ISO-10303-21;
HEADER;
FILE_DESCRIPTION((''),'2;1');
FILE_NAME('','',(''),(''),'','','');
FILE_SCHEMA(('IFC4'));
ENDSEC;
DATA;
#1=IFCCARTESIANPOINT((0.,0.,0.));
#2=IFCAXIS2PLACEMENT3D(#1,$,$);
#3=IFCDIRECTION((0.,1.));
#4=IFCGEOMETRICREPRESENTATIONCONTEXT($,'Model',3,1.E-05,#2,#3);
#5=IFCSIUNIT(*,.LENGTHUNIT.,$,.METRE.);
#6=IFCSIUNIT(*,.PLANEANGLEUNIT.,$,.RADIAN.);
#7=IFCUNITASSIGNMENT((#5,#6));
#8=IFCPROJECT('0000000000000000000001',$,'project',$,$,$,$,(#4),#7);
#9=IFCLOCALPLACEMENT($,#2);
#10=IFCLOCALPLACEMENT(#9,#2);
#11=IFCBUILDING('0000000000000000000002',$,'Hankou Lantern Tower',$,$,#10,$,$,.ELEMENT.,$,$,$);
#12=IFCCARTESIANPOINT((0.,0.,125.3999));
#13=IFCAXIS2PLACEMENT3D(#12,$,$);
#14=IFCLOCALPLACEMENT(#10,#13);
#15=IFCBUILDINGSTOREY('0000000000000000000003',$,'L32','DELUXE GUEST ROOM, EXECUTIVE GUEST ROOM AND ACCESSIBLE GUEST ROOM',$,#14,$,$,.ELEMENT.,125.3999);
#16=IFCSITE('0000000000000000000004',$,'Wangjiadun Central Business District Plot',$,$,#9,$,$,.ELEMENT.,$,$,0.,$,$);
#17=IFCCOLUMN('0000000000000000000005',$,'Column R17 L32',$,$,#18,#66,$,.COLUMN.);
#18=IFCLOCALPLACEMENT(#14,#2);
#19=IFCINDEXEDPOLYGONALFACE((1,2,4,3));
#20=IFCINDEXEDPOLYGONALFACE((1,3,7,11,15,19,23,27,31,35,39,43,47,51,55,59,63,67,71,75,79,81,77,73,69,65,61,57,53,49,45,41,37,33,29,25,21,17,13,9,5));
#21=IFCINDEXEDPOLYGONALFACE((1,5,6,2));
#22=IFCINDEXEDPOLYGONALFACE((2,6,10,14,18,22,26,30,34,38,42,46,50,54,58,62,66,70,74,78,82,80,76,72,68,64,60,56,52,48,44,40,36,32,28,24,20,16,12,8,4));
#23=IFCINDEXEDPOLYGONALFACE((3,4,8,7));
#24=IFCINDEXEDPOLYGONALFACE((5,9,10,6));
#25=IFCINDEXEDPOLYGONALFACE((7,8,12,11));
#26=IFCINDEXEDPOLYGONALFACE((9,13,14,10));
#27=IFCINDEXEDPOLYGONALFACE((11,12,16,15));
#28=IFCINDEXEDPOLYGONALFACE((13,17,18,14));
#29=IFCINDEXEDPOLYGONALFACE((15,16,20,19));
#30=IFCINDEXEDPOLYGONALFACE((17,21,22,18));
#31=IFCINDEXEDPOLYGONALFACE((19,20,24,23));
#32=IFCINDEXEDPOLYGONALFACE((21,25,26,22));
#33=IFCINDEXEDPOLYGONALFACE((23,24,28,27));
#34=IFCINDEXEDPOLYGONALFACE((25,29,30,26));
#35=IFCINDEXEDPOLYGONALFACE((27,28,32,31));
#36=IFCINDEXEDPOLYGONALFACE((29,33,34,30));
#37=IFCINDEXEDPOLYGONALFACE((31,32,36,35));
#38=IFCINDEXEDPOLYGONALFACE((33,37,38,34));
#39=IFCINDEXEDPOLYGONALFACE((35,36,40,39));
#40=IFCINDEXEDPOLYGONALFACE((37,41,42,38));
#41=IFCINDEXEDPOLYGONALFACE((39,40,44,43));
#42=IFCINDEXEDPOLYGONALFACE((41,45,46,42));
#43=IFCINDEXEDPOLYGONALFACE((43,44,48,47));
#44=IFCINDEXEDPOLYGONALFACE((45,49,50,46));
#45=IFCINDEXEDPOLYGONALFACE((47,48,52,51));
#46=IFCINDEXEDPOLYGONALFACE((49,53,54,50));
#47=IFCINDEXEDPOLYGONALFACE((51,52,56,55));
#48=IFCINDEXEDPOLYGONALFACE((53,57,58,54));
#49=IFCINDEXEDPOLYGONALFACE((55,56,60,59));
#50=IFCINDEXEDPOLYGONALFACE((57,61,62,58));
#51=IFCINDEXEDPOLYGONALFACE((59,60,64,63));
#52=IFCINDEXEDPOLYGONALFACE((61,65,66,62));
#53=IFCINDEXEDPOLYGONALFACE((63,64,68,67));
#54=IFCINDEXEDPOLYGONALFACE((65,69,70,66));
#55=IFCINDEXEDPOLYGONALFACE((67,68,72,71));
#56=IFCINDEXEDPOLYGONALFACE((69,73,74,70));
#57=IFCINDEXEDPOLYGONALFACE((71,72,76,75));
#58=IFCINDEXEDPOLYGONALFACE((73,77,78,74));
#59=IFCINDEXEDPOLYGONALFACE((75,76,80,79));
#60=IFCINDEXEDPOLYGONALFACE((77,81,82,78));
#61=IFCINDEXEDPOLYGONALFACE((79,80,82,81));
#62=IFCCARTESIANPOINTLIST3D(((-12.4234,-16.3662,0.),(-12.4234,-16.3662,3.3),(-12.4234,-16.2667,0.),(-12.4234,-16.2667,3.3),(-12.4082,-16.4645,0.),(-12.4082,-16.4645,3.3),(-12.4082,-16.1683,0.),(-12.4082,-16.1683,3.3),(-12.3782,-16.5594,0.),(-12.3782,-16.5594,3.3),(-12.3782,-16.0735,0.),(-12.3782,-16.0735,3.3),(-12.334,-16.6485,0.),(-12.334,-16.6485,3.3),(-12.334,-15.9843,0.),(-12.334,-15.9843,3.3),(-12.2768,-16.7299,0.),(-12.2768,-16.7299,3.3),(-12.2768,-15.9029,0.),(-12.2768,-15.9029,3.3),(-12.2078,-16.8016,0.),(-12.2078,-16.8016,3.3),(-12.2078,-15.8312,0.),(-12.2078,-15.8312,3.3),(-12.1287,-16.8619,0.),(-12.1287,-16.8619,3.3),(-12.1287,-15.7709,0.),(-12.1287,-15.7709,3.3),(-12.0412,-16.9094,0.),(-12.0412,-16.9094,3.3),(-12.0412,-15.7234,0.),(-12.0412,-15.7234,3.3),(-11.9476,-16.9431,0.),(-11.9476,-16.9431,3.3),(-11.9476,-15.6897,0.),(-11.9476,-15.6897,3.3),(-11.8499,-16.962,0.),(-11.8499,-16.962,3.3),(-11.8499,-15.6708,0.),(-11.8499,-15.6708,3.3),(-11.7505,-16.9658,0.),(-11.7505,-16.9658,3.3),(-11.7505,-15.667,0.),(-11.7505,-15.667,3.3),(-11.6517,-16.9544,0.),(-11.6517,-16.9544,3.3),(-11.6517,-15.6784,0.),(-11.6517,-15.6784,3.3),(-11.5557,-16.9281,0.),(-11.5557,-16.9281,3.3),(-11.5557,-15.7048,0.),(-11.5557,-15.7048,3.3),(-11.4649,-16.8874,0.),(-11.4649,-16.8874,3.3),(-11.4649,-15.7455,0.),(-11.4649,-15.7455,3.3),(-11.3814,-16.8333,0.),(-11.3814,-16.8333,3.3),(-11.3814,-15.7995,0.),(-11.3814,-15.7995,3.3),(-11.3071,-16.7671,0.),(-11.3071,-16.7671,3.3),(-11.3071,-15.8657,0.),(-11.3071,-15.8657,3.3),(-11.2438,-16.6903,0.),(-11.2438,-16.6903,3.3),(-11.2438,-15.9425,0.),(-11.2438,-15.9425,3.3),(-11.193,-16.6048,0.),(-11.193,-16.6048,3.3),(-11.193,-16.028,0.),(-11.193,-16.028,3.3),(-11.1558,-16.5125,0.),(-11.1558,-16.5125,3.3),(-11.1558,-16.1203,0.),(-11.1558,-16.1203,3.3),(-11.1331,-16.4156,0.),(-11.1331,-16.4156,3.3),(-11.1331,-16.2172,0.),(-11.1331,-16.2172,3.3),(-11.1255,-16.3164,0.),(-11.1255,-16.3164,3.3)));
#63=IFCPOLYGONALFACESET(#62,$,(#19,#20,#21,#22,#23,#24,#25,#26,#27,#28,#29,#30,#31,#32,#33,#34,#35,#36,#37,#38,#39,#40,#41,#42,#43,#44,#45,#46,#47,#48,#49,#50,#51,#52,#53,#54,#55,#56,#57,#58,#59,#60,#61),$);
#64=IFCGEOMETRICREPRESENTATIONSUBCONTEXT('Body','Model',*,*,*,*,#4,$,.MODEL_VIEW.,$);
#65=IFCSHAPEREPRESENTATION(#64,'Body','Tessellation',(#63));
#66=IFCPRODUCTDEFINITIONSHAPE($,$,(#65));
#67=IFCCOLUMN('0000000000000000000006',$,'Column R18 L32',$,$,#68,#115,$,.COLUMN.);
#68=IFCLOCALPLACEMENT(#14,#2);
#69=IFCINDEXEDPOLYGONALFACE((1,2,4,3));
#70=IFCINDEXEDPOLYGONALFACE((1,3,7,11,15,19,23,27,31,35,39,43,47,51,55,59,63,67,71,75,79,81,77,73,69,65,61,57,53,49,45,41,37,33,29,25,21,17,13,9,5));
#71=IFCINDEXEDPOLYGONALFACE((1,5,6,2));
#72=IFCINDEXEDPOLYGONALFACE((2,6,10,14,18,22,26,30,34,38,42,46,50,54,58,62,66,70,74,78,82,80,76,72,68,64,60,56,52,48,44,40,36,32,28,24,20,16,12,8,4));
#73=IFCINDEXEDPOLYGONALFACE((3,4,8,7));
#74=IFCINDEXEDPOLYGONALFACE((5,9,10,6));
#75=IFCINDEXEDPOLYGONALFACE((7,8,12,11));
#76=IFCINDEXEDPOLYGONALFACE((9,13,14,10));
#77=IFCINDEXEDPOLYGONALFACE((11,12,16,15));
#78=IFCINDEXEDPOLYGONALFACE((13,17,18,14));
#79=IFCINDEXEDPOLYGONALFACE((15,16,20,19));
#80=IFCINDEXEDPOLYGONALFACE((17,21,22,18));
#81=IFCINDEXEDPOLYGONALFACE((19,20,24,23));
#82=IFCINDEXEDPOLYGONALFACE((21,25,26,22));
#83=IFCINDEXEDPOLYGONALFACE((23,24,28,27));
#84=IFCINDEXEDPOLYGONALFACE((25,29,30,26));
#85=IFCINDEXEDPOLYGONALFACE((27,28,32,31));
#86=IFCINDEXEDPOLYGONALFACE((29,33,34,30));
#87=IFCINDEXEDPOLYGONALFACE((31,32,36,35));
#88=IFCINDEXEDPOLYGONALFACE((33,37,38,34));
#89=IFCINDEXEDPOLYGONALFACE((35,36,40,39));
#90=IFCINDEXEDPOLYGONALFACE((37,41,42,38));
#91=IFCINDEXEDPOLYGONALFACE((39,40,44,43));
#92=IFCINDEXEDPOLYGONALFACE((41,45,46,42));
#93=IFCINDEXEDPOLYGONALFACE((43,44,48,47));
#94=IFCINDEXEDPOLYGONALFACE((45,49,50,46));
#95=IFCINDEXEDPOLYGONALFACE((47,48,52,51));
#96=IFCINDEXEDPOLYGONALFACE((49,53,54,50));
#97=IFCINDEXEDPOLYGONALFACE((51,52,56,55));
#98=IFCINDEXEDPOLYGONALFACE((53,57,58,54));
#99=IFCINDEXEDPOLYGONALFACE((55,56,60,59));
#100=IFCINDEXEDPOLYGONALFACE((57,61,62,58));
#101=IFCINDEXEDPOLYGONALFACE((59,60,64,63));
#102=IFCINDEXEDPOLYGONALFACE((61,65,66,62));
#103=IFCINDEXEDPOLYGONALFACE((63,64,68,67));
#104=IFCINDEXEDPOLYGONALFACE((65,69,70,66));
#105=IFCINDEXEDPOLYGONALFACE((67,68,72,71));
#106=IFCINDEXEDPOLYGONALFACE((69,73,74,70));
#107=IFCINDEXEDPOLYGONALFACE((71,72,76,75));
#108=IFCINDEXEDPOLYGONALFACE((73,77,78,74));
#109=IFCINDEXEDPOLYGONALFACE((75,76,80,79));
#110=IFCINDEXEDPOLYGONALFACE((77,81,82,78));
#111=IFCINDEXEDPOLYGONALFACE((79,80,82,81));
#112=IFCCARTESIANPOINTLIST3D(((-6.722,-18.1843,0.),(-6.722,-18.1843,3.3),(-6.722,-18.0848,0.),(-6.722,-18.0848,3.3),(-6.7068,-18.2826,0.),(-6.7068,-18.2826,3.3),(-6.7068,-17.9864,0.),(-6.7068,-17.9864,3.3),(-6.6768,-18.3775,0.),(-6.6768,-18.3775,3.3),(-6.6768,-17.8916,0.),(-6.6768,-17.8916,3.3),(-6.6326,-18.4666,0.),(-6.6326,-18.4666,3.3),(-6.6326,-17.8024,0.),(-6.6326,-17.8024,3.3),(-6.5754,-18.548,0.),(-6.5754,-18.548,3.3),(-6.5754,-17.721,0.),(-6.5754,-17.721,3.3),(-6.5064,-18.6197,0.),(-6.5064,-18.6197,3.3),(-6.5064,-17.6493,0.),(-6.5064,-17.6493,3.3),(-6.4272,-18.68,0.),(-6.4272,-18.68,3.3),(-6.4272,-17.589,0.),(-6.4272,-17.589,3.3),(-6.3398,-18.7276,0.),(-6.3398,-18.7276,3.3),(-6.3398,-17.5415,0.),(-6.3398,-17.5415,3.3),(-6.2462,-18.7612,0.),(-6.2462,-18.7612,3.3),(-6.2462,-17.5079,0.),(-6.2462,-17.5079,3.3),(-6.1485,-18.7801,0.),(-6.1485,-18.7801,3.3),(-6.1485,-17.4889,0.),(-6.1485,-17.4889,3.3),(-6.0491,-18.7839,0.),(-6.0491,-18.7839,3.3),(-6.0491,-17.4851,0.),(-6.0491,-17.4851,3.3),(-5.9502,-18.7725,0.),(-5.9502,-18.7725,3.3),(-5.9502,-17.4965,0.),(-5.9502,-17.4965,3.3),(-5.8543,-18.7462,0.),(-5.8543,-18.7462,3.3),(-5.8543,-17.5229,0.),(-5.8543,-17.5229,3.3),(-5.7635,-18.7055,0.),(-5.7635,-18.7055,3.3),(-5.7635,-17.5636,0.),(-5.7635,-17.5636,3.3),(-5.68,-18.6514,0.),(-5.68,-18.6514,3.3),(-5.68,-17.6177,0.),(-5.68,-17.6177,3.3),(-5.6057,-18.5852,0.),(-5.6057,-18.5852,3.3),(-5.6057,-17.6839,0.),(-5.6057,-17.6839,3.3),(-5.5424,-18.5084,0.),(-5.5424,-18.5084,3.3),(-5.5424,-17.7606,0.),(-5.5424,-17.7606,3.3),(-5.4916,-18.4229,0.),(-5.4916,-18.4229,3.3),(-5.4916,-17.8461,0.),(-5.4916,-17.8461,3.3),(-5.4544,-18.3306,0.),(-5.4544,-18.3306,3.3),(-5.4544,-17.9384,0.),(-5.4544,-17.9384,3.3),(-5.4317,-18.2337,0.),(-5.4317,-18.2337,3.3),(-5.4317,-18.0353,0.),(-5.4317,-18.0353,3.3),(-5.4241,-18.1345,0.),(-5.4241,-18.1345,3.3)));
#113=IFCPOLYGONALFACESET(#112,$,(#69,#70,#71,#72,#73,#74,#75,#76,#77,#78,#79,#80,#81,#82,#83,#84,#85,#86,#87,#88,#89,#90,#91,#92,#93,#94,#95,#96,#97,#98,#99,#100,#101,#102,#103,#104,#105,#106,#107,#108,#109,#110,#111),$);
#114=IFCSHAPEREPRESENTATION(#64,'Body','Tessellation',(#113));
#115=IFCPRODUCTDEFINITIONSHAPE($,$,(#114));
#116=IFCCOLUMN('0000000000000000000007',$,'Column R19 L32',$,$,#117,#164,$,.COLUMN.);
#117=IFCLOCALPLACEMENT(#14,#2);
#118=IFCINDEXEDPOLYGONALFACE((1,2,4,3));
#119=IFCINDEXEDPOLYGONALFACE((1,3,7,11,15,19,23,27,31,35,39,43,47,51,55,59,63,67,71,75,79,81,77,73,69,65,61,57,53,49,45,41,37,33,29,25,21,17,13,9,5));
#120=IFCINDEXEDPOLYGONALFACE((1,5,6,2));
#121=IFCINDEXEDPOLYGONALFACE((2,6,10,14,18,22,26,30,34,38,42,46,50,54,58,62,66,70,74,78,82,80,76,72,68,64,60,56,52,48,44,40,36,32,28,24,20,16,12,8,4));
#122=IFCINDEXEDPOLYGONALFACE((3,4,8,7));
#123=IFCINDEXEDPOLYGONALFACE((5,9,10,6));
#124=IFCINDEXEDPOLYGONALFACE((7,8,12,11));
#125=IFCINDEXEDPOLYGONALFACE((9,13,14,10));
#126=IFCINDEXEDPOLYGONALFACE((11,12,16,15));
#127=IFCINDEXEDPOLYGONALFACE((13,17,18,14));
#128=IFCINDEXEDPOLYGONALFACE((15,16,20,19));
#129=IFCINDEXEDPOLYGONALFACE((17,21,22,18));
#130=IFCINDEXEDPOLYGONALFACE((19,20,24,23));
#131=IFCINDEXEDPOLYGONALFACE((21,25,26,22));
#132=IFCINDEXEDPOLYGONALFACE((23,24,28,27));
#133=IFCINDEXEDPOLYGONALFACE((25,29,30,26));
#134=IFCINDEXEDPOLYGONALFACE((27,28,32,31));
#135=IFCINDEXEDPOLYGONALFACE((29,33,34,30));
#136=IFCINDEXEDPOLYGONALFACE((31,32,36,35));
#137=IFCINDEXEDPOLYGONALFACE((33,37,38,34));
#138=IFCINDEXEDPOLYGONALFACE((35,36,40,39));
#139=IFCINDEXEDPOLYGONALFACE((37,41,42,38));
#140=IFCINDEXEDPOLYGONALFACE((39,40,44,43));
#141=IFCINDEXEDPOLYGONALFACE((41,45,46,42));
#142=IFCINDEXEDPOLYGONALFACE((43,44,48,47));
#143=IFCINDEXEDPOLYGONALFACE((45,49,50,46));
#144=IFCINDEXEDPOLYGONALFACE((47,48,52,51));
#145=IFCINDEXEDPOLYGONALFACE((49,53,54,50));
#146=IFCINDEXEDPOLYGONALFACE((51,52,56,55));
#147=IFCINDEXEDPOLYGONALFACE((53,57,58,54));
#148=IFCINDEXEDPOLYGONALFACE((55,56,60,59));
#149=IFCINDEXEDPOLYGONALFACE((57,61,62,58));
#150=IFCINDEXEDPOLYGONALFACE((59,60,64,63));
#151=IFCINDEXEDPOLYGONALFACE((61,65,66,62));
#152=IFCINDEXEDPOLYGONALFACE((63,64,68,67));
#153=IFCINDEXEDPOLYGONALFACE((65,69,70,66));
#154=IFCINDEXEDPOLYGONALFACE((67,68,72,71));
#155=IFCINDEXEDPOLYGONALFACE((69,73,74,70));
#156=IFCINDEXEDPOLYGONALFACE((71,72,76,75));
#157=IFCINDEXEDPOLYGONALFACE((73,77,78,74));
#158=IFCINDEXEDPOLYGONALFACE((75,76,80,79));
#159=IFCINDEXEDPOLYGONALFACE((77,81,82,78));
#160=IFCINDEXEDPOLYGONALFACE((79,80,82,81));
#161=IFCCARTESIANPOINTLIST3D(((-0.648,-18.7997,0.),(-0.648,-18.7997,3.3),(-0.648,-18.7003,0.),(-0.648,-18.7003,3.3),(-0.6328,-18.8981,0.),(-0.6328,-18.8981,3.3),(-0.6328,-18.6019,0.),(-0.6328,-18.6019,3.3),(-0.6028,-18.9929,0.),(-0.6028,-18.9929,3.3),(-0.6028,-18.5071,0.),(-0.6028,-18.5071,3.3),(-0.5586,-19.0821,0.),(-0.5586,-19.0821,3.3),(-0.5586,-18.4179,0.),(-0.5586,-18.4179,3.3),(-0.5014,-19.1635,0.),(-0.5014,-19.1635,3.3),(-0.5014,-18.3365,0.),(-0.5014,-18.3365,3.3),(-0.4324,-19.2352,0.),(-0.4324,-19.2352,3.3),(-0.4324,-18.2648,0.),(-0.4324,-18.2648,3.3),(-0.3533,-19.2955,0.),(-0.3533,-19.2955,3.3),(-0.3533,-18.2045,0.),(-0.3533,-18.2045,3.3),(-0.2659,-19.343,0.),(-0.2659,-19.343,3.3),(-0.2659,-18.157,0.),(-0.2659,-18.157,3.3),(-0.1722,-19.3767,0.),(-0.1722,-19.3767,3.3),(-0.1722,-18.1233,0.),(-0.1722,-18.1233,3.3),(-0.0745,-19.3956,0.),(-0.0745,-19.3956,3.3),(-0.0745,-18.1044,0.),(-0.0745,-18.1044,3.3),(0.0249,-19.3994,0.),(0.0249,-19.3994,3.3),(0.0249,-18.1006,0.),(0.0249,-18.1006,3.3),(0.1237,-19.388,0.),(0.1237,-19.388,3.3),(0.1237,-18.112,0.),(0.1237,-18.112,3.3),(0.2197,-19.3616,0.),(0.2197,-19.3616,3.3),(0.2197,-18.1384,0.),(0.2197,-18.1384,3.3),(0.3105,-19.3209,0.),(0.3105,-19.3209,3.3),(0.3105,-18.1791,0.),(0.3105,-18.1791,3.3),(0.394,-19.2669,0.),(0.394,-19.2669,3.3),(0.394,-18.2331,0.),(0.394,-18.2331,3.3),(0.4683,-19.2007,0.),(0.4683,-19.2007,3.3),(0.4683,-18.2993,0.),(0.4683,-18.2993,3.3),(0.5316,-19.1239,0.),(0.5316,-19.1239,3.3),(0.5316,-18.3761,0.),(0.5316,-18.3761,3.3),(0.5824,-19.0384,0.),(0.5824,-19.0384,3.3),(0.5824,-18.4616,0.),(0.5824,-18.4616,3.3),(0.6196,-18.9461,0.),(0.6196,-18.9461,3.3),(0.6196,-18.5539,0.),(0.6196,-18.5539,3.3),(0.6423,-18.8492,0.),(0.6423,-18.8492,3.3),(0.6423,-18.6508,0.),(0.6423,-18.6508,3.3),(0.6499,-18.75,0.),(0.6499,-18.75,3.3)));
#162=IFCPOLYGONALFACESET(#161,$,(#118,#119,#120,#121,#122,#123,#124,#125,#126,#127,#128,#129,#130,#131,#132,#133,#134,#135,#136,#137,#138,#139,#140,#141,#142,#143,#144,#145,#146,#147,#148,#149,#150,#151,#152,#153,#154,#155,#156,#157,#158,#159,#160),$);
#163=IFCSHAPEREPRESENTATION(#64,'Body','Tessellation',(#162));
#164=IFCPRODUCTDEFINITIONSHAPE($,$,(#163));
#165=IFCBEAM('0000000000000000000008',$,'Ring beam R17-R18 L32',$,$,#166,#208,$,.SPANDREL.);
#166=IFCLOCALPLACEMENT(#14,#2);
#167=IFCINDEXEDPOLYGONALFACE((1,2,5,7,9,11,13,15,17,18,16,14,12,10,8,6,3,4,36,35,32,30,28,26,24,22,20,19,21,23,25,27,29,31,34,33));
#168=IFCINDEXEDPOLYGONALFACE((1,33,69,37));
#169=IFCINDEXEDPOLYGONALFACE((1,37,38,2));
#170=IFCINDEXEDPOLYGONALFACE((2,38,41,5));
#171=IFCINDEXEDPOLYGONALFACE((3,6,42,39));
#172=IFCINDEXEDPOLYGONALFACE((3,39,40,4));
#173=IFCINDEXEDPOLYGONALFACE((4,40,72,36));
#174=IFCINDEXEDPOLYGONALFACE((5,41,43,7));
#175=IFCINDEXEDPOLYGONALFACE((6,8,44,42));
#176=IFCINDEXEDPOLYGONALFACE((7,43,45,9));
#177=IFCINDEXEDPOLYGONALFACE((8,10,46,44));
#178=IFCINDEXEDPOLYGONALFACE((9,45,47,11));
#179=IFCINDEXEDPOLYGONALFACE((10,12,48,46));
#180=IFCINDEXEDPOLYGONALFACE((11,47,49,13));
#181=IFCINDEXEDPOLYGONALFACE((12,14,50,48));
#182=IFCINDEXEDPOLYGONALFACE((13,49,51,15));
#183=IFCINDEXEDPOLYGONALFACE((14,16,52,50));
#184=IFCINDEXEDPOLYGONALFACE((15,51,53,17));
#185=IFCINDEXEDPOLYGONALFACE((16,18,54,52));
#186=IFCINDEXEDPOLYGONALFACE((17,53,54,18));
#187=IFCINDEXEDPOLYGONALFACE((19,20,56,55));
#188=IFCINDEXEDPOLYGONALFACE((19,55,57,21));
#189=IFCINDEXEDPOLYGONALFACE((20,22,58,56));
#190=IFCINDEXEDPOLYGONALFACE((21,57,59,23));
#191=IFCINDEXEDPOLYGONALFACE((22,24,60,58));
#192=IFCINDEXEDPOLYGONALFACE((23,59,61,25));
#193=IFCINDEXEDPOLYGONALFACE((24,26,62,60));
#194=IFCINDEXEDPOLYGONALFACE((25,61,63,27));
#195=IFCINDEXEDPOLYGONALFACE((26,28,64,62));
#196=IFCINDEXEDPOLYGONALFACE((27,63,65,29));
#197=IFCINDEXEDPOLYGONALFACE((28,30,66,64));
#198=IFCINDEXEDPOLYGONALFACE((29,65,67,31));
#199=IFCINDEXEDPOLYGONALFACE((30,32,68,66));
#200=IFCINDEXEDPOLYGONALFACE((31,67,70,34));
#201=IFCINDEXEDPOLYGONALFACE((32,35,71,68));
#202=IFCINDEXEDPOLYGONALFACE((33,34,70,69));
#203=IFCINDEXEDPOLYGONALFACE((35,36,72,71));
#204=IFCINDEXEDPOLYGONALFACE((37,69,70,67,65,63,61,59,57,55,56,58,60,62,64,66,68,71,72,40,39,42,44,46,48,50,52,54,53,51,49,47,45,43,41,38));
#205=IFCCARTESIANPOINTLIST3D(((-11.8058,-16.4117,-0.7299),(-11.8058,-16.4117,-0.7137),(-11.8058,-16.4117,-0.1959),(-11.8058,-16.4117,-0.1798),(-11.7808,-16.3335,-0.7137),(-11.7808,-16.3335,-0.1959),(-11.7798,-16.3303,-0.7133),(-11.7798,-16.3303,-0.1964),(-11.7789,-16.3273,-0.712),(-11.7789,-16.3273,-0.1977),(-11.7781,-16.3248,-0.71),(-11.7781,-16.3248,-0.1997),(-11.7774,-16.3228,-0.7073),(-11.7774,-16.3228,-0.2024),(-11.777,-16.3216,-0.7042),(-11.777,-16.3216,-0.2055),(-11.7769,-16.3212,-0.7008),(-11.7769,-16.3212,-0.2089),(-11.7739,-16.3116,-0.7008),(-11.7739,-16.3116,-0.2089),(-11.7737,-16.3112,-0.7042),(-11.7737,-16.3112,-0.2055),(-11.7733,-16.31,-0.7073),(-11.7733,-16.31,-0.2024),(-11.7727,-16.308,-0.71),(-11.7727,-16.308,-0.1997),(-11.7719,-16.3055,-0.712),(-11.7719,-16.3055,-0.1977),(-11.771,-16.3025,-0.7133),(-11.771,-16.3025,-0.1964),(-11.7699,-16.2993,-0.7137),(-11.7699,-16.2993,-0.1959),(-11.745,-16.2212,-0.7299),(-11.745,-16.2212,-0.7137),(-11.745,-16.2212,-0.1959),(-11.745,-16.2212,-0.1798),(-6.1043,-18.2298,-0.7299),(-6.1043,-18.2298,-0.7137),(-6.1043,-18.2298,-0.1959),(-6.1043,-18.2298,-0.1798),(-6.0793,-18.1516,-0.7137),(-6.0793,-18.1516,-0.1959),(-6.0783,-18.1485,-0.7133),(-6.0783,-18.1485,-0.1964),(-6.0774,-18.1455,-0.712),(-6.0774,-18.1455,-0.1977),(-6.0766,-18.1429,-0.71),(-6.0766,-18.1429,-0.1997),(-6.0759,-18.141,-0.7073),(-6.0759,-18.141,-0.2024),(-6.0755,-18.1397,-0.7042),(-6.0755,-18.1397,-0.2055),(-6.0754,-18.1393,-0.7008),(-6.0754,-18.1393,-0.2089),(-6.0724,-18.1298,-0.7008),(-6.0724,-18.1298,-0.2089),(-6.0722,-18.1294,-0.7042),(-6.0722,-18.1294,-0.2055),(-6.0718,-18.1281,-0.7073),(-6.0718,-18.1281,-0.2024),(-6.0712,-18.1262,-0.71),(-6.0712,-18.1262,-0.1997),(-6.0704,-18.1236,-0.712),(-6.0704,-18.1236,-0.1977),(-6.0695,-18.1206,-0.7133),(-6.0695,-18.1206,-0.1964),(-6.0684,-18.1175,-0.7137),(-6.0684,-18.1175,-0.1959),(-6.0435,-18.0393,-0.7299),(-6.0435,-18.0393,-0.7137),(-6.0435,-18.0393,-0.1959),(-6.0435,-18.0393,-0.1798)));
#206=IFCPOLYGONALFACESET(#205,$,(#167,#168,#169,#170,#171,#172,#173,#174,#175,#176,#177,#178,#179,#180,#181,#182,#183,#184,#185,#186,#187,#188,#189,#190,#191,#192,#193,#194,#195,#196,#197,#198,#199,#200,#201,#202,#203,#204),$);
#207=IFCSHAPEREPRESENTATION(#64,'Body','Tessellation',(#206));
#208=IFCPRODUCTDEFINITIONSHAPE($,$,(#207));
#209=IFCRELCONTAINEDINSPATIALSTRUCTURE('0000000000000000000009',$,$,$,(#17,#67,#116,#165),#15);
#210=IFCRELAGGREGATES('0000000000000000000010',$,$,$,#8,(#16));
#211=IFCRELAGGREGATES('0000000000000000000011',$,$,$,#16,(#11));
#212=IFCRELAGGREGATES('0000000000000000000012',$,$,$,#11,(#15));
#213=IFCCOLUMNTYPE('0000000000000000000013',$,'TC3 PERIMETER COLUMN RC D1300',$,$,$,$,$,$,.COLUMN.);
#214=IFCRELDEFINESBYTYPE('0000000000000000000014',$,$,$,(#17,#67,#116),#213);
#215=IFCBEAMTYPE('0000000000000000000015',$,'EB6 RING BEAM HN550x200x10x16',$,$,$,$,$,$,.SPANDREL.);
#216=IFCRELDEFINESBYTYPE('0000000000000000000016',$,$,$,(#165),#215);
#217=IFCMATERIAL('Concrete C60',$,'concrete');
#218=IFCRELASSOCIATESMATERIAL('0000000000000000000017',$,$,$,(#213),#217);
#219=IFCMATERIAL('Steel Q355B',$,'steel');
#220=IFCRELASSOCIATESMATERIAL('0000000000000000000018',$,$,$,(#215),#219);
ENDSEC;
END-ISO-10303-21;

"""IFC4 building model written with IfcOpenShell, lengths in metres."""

from ifc_helpers import new_model, si_unit, direction, frame, origin, origin_2d, place, context, subcontext, project, spatial, circle, i_section, extrude, material, material_profile, profile_set, type_object, element, save


model = new_model("IFC4")

# Units and contexts
model_context = context("Model", 3, precision=1e-05, world=origin(), true_north=direction((0.0, 1.0)))
body_context = subcontext(model_context, "Body", "Model", "MODEL_VIEW")
ifc_project = project(units=[si_unit("LENGTHUNIT", "METRE"), si_unit("PLANEANGLEUNIT", "RADIAN")], contexts=[model_context])

# Site, building, storey
site_placement = place(None, origin())
site = spatial("IfcSite", under=ifc_project, at=site_placement, Name="Wangjiadun Central Business District Plot", CompositionType="ELEMENT", RefElevation=0.0)
building_placement = place(site_placement, origin())
building = spatial("IfcBuilding", under=site, at=building_placement, Name="Hankou Lantern Tower", CompositionType="ELEMENT")
storey_placement = place(building_placement, frame((0.0, 0.0, 125.3999)))
storey = spatial("IfcBuildingStorey", under=building, at=storey_placement, Name="L32", Description="DELUXE GUEST ROOM, EXECUTIVE GUEST ROOM AND ACCESSIBLE GUEST ROOM", CompositionType="ELEMENT", Elevation=125.3999)

# Columns
ifc_material_1 = material(Name="Concrete C60", Category="concrete")
ifc_material_profile_1 = material_profile(ifc_material_1, circle(Radius=0.6499, at=origin_2d()), Name="RC D1300")
ifc_profile_set_1 = profile_set([ifc_material_profile_1], Name="Concrete C60")
column_type = type_object("IfcColumnType", Name="TC3 PERIMETER COLUMN RC D1300", PredefinedType="COLUMN", material=ifc_profile_set_1)
for number, where, z_axis, x_axis, name in (
    (1, (-11.7754, -16.3164, 0.0), (0.0, 0.0, 1.0), (1.0, 0.0, 0.0), "Column R17 L32"),
    (2, (-6.074, -18.1345, 0.0), (0.0, 0.0, 1.0), (1.0, 0.0, 0.0), "Column R18 L32"),
    (3, (0.0, -18.75, 0.0), (0.0, 0.0, 1.0), (1.0, 0.0, 0.0), "Column R19 L32"),
):
    element("IfcColumn", number, at=place(storey_placement, frame(where, z_axis=z_axis, x_axis=x_axis)), inside=storey, type_object=column_type, Name=name, PredefinedType="COLUMN", context=body_context, shape_type="SweptSolid", body=[
        extrude(circle(Radius=0.6499, at=origin_2d()), origin(), (0.0, 0.0, 1.0), 3.3),
    ])

# Beam
ifc_material_2 = material(Name="Steel Q355B", Category="steel")
ifc_material_profile_2 = material_profile(ifc_material_2, i_section(OverallWidth=0.2, OverallDepth=0.55, WebThickness=0.01, FlangeThickness=0.0161, FilletRadius=0.0129, at=origin_2d()), Name="HN550x200x10x16")
ifc_profile_set_2 = profile_set([ifc_material_profile_2], Name="Steel Q355B")
beam_type_1 = type_object("IfcBeamType", Name="EB6 RING BEAM HN550x200x10x16", PredefinedType="SPANDREL", material=ifc_profile_set_2)
beam_1_placement = place(storey_placement, frame((-11.7754, -16.3164, -0.4548), z_axis=(0.952731, -0.303815, 0.0), x_axis=(0.303815, 0.952731, 0.0)))
element("IfcBeam", 4, at=beam_1_placement, inside=storey, type_object=beam_type_1, Name="Ring beam R17-R18 L32", PredefinedType="SPANDREL", context=body_context, shape_type="SweptSolid", body=[
    extrude(i_section(OverallWidth=0.2, OverallDepth=0.55, WebThickness=0.01, FlangeThickness=0.0161, FilletRadius=0.0129, at=origin_2d()), origin(), (0.0, 0.0, 1.0), 5.9844),
])

save(model, "model.ifc")
